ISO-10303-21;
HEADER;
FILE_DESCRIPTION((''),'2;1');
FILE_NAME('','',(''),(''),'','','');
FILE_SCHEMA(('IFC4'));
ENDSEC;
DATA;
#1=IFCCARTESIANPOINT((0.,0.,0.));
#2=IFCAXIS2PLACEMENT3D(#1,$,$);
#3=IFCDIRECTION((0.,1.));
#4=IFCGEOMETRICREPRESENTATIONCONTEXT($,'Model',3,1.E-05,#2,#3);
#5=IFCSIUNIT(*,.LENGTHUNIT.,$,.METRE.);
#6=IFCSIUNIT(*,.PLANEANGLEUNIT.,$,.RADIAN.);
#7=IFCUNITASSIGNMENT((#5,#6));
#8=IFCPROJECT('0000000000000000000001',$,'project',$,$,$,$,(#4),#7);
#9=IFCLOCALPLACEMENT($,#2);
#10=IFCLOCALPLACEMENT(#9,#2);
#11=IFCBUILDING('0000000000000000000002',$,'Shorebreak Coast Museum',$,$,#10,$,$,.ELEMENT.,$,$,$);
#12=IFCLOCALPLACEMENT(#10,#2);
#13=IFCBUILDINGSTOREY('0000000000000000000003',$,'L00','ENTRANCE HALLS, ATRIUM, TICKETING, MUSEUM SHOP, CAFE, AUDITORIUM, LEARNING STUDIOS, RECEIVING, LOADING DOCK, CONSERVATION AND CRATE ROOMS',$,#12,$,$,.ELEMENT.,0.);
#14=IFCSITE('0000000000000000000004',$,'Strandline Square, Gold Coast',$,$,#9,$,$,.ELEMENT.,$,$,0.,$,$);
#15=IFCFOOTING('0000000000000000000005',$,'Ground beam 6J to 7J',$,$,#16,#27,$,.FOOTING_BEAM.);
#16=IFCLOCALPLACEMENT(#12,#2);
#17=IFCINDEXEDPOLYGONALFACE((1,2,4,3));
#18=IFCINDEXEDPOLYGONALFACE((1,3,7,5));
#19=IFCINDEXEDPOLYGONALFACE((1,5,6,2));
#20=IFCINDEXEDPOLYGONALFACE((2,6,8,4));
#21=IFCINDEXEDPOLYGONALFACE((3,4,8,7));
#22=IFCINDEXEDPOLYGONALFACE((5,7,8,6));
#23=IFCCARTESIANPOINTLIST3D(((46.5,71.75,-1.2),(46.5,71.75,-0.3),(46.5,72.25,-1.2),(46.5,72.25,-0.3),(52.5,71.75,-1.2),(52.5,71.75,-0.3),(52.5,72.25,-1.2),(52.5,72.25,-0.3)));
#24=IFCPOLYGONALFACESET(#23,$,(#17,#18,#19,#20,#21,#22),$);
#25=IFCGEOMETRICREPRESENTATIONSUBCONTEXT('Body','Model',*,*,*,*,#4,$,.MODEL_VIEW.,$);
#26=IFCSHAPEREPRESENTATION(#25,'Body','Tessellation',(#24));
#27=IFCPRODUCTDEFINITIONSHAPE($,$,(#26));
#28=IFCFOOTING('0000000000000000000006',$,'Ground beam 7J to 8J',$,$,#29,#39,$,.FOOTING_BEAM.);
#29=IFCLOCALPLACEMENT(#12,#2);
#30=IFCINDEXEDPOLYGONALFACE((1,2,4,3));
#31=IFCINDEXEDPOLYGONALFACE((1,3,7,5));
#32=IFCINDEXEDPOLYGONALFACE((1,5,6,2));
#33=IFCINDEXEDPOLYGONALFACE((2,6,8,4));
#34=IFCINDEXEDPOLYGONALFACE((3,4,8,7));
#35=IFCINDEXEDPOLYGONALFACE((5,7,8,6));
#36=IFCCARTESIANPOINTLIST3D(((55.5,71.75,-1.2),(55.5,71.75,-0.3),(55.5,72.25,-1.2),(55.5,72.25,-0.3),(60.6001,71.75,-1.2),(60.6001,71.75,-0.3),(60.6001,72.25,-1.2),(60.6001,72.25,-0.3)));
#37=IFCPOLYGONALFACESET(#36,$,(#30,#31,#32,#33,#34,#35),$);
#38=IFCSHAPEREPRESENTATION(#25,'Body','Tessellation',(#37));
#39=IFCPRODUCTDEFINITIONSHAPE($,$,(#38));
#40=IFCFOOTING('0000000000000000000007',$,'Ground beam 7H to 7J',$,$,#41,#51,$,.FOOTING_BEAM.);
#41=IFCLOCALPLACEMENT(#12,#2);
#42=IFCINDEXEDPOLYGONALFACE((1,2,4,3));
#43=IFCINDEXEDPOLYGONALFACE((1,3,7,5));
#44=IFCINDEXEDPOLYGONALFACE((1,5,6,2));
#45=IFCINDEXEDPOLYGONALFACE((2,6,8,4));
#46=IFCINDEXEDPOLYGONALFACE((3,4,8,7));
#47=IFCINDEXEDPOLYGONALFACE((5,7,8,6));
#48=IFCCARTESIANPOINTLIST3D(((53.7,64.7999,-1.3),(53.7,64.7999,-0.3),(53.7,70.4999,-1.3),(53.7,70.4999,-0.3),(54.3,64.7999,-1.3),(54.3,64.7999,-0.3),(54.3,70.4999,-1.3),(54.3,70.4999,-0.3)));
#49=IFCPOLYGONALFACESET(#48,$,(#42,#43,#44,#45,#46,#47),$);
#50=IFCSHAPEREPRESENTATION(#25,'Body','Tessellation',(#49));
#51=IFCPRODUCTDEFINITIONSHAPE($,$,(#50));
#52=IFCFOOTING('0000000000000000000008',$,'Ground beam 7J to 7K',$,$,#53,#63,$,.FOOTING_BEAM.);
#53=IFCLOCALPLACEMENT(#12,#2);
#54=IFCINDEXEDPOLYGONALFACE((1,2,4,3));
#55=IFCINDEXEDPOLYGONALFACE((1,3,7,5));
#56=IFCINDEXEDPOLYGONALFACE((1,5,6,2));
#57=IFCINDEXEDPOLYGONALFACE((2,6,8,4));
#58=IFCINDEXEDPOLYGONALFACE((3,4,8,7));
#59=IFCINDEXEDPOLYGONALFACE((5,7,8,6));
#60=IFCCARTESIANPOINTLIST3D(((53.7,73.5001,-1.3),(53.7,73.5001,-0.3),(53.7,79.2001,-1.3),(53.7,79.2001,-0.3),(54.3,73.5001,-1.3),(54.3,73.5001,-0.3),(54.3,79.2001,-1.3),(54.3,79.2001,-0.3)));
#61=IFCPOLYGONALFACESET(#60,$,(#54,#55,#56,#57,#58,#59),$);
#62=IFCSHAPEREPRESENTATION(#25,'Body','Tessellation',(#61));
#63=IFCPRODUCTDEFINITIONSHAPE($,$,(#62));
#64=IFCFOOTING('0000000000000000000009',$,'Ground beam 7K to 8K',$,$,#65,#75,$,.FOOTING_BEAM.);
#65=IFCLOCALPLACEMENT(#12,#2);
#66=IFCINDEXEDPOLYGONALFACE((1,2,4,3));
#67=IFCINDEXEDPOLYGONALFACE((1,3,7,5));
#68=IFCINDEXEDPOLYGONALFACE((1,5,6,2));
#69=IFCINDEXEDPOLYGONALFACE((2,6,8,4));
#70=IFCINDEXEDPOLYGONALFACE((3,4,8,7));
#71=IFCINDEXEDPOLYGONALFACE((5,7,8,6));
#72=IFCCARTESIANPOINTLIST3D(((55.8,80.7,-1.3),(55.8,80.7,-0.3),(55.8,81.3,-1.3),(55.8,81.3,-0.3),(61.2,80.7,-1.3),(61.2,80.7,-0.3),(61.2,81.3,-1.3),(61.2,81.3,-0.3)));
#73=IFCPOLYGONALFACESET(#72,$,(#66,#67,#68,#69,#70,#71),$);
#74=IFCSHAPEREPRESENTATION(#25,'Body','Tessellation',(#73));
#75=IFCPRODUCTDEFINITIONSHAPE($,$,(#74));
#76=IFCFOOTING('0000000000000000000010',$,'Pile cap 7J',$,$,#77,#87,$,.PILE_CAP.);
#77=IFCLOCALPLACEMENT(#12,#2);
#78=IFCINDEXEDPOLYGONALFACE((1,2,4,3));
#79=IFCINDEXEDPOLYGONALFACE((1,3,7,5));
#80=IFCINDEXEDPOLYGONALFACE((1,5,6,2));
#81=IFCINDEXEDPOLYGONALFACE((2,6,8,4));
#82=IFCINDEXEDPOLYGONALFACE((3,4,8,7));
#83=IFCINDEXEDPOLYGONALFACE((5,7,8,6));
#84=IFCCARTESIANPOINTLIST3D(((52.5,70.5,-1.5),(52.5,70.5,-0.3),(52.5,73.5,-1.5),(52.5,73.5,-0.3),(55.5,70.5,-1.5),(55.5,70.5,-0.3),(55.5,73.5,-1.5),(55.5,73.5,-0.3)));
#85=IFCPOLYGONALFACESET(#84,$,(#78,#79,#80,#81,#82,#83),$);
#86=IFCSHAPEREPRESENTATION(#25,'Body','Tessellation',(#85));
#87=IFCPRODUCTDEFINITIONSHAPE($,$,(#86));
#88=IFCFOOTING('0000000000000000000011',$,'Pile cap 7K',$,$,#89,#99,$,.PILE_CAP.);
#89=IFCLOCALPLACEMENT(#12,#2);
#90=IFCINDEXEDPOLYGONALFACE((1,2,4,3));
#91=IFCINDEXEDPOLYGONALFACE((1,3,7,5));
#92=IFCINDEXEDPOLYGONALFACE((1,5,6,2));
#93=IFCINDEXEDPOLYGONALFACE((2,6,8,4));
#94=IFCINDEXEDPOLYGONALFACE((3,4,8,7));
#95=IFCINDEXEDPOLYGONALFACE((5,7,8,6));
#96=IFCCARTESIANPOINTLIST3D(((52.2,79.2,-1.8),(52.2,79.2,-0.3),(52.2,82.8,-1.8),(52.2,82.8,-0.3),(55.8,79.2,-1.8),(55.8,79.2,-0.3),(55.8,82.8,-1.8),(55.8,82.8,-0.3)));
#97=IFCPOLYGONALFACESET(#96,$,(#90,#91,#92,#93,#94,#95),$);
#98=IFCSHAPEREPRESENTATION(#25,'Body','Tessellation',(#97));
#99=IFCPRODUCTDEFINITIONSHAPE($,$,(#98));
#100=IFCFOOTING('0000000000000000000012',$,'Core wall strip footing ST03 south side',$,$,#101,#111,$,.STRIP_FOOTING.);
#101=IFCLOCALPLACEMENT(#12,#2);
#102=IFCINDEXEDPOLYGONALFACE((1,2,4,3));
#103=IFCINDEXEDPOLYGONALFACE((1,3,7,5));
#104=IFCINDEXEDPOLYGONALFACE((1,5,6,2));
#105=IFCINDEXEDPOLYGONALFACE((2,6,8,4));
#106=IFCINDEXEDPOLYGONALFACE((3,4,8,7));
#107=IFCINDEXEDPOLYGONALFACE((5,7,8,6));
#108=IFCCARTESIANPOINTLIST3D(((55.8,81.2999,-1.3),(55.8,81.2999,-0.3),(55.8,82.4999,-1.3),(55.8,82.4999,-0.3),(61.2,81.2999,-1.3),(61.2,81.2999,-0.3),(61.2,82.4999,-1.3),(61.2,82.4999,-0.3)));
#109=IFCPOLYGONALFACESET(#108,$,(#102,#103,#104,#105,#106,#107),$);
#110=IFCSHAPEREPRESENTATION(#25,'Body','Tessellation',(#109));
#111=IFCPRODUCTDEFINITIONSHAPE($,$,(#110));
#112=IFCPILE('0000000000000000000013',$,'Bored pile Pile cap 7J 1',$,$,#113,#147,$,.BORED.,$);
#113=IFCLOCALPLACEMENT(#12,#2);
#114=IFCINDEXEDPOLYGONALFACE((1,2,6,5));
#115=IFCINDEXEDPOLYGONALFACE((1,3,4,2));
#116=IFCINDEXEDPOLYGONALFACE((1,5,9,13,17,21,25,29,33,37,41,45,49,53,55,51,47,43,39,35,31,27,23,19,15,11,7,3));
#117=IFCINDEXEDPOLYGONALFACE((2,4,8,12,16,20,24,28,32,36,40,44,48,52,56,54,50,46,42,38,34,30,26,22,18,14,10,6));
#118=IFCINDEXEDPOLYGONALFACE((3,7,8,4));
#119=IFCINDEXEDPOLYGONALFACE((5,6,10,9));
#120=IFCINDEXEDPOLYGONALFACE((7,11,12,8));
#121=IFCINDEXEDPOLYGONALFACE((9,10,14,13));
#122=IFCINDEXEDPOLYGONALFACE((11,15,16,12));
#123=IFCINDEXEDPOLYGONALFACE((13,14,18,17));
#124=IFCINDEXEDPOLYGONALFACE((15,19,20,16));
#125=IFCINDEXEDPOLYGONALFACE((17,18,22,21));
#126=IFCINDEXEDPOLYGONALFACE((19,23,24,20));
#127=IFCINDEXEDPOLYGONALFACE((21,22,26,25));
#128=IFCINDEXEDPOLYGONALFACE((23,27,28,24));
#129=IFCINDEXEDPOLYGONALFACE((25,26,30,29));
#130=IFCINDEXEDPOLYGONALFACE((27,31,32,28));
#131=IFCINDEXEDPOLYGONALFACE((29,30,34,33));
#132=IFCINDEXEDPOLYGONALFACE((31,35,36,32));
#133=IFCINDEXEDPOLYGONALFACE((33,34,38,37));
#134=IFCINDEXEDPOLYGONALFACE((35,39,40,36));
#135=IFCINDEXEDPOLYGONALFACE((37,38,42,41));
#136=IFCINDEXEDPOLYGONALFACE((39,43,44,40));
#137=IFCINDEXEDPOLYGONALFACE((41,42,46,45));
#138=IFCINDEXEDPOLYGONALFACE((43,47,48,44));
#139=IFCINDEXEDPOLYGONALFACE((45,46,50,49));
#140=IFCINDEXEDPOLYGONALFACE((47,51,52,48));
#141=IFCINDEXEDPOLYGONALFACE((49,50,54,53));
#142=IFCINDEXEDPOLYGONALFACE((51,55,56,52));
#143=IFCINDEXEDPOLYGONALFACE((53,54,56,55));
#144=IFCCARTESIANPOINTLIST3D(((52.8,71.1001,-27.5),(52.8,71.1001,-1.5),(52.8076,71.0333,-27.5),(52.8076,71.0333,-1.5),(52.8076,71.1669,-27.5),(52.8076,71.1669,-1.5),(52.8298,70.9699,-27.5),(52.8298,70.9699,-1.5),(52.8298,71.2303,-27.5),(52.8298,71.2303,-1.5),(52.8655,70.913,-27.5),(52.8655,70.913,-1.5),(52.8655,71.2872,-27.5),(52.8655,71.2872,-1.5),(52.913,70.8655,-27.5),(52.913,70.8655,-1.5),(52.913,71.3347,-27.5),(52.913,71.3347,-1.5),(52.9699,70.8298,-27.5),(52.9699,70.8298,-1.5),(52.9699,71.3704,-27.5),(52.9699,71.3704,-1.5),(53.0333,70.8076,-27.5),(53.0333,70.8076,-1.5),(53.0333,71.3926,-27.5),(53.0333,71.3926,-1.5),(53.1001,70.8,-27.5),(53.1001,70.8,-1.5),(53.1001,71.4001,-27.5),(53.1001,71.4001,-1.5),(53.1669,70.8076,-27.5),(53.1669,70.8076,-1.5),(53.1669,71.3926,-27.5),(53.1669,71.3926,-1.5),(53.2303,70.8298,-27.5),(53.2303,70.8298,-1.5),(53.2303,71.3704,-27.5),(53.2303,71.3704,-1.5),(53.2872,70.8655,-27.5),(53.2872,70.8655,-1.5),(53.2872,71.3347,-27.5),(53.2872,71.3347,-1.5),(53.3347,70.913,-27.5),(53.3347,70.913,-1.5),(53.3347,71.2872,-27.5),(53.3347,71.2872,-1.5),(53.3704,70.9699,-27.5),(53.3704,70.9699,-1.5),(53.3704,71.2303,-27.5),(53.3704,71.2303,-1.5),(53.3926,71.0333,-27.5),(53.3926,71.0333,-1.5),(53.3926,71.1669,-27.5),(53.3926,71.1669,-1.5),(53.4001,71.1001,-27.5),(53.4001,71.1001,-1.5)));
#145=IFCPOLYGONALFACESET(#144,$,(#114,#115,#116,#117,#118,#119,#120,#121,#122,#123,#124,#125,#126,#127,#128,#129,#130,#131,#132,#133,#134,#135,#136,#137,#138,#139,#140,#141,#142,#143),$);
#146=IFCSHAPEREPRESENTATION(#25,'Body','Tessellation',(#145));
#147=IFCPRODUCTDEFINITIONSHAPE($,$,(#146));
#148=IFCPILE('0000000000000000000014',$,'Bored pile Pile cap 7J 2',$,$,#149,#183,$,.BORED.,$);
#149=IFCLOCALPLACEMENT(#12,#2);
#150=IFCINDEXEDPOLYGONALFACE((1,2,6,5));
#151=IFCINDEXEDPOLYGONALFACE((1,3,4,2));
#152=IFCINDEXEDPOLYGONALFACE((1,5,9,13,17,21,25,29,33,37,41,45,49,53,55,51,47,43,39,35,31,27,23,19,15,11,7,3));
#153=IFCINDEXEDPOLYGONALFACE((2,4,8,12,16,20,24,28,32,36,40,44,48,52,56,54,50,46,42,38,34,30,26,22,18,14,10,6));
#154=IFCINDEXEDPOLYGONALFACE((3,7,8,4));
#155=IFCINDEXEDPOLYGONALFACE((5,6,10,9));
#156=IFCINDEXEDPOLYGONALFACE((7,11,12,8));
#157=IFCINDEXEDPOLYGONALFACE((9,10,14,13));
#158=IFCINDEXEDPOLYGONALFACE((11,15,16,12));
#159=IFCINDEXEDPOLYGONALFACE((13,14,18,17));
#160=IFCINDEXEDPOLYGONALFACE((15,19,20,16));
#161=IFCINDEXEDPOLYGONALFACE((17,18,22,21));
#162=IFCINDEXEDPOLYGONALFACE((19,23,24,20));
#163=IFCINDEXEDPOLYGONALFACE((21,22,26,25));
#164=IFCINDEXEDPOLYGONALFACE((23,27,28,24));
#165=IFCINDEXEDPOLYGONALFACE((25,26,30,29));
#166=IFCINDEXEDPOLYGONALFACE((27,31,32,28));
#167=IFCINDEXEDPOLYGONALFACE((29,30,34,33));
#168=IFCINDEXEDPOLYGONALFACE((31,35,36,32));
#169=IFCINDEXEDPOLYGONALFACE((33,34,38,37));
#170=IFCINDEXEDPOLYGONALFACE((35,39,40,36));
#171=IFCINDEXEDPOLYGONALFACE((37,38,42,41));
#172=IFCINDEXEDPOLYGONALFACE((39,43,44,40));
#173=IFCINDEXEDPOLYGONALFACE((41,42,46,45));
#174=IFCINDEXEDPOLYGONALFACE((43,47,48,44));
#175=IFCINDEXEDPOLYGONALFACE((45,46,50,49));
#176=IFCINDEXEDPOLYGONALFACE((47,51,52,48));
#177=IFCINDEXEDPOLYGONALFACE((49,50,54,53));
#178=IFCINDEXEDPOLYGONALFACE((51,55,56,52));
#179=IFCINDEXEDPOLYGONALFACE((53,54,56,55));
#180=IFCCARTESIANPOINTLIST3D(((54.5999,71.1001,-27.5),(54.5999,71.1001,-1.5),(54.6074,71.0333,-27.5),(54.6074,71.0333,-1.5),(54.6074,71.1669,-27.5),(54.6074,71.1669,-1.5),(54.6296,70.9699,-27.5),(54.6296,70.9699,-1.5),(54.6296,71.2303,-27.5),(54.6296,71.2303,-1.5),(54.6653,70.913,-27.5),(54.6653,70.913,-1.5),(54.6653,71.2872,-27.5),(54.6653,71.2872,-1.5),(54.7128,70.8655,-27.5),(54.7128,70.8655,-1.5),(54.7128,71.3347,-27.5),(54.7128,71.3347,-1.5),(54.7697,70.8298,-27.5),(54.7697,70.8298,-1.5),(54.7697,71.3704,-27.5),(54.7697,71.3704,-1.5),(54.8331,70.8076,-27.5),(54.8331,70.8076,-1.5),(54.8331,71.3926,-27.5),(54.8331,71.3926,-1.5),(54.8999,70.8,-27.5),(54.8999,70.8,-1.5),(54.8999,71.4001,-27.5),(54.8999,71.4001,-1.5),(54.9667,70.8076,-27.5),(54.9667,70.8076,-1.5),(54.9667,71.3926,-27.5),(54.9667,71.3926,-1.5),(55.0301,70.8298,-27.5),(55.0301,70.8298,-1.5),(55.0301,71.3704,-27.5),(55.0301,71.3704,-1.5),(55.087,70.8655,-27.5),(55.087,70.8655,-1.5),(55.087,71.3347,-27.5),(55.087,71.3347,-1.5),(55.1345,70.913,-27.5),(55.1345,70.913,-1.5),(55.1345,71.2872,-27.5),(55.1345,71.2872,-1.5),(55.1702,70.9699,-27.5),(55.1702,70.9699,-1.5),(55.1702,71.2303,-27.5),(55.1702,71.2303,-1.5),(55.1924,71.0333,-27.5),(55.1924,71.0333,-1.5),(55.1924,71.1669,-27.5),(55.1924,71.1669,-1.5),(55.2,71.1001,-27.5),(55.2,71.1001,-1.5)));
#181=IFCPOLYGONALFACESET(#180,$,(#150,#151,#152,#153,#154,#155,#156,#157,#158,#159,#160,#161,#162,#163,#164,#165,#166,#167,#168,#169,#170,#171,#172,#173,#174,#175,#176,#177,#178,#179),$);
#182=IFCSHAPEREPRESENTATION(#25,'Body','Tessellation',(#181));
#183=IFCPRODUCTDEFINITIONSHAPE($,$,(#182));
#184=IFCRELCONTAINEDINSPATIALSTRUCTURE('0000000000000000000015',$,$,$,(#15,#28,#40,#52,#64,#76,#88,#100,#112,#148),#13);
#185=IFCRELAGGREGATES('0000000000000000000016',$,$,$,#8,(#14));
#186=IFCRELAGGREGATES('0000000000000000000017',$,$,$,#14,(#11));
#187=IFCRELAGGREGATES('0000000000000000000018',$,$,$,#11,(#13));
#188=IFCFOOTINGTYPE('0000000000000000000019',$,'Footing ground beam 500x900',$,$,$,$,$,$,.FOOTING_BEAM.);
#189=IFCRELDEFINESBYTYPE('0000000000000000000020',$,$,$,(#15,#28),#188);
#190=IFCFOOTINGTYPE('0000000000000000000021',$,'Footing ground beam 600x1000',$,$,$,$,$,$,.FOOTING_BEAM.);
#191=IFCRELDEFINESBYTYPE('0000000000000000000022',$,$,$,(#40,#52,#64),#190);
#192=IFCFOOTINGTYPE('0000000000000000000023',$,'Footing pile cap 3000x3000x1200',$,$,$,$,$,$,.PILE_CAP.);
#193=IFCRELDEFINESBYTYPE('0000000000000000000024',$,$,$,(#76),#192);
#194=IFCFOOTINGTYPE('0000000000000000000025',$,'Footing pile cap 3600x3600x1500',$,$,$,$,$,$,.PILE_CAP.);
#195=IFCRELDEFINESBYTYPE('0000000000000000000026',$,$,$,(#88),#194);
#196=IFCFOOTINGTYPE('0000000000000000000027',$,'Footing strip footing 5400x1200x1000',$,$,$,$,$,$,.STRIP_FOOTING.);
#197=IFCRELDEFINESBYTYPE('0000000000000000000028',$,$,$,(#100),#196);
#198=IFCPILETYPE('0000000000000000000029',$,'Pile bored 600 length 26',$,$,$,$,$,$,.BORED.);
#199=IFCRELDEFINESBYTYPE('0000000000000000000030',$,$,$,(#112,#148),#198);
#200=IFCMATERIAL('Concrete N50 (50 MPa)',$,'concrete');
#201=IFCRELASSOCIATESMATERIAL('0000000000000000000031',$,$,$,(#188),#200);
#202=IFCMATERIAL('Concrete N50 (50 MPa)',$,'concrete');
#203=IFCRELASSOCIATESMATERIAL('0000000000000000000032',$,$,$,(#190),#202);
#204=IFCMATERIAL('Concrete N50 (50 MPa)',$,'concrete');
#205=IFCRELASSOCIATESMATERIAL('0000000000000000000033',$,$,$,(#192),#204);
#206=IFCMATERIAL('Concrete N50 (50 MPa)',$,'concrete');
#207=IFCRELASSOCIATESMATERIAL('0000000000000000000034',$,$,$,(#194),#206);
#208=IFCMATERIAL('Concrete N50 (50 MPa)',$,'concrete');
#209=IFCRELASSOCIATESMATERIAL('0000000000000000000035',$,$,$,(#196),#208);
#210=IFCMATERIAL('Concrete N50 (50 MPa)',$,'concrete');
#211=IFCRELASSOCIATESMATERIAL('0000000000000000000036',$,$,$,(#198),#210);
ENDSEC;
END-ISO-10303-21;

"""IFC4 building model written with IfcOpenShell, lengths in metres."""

from ifc_helpers import new_model, si_unit, direction, frame, origin, origin_2d, place, context, subcontext, project, spatial, rectangle, circle, extrude, material, material_profile, profile_set, type_object, element, save


model = new_model("IFC4")

# Units and contexts
model_context = context("Model", 3, precision=1e-05, world=origin(), true_north=direction((0.0, 1.0)))
body_context = subcontext(model_context, "Body", "Model", "MODEL_VIEW")
ifc_project = project(units=[si_unit("LENGTHUNIT", "METRE"), si_unit("PLANEANGLEUNIT", "RADIAN")], contexts=[model_context])

# Site, building, storey
site_placement = place(None, origin())
site = spatial("IfcSite", under=ifc_project, at=site_placement, Name="Strandline Square, Gold Coast", CompositionType="ELEMENT", RefElevation=0.0)
building_placement = place(site_placement, origin())
building = spatial("IfcBuilding", under=site, at=building_placement, Name="Shorebreak Coast Museum", CompositionType="ELEMENT")
storey_placement = place(building_placement, origin())
storey = spatial("IfcBuildingStorey", under=building, at=storey_placement, Name="L00", Description="ENTRANCE HALLS, ATRIUM, TICKETING, MUSEUM SHOP, CAFE, AUDITORIUM, LEARNING STUDIOS, RECEIVING, LOADING DOCK, CONSERVATION AND CRATE ROOMS", CompositionType="ELEMENT", Elevation=0.0)

# Footings
ifc_material_1 = material(Name="Concrete N50 (50 MPa)", Category="concrete")
footing_type_1 = type_object("IfcFootingType", Name="Footing ground beam 500x900", PredefinedType="FOOTING_BEAM", material=ifc_material_1)
footing_1_placement = place(storey_placement, frame((49.5, 72.0, -1.2), z_axis=(0.0, 0.0, 1.0), x_axis=(1.0, 0.0, 0.0)))
element("IfcFooting", 1, at=footing_1_placement, inside=storey, type_object=footing_type_1, Name="Ground beam 6J to 7J", PredefinedType="FOOTING_BEAM", context=body_context, shape_type="SweptSolid", body=[
    extrude(rectangle(XDim=6.0, YDim=0.5, at=origin_2d()), origin(), (0.0, 0.0, 1.0), 0.8999),
])
footing_2_placement = place(storey_placement, frame((58.05, 72.0, -1.2), z_axis=(0.0, 0.0, 1.0), x_axis=(1.0, 0.0, 0.0)))
element("IfcFooting", 2, at=footing_2_placement, inside=storey, type_object=footing_type_1, Name="Ground beam 7J to 8J", PredefinedType="FOOTING_BEAM", context=body_context, shape_type="SweptSolid", body=[
    extrude(rectangle(XDim=5.1001, YDim=0.5, at=origin_2d()), origin(), (0.0, 0.0, 1.0), 0.8999),
])
ifc_material_2 = material(Name="Concrete N50 (50 MPa)", Category="concrete")
footing_type_2 = type_object("IfcFootingType", Name="Footing ground beam 600x1000", PredefinedType="FOOTING_BEAM", material=ifc_material_2)
for number, where, z_axis, x_axis, name in (
    (3, (54.0, 67.6499, -1.3), (0.0, 0.0, 1.0), (1.0, 0.0, 0.0), "Ground beam 7H to 7J"),
    (4, (54.0, 76.3501, -1.3), (0.0, 0.0, 1.0), (1.0, 0.0, 0.0), "Ground beam 7J to 7K"),
):
    element("IfcFooting", number, at=place(storey_placement, frame(where, z_axis=z_axis, x_axis=x_axis)), inside=storey, type_object=footing_type_2, Name=name, PredefinedType="FOOTING_BEAM", context=body_context, shape_type="SweptSolid", body=[
        extrude(rectangle(XDim=0.6001, YDim=5.7, at=origin_2d()), origin(), (0.0, 0.0, 1.0), 1.0),
    ])
footing_3_placement = place(storey_placement, frame((58.5, 81.0, -1.3), z_axis=(0.0, 0.0, 1.0), x_axis=(1.0, 0.0, 0.0)))
element("IfcFooting", 5, at=footing_3_placement, inside=storey, type_object=footing_type_2, Name="Ground beam 7K to 8K", PredefinedType="FOOTING_BEAM", context=body_context, shape_type="SweptSolid", body=[
    extrude(rectangle(XDim=5.3999, YDim=0.6001, at=origin_2d()), origin(), (0.0, 0.0, 1.0), 1.0),
])
ifc_material_3 = material(Name="Concrete N50 (50 MPa)", Category="concrete")
footing_type_3 = type_object("IfcFootingType", Name="Footing pile cap 3000x3000x1200", PredefinedType="PILE_CAP", material=ifc_material_3)
footing_4_placement = place(storey_placement, frame((54.0, 72.0, -1.5), z_axis=(0.0, 0.0, 1.0), x_axis=(1.0, 0.0, 0.0)))
element("IfcFooting", 6, at=footing_4_placement, inside=storey, type_object=footing_type_3, Name="Pile cap 7J", PredefinedType="PILE_CAP", context=body_context, shape_type="SweptSolid", body=[
    extrude(rectangle(XDim=3.0, YDim=3.0, at=origin_2d()), origin(), (0.0, 0.0, 1.0), 1.2),
])
ifc_material_4 = material(Name="Concrete N50 (50 MPa)", Category="concrete")
footing_type_4 = type_object("IfcFootingType", Name="Footing pile cap 3600x3600x1500", PredefinedType="PILE_CAP", material=ifc_material_4)
footing_5_placement = place(storey_placement, frame((54.0, 81.0, -1.8), z_axis=(0.0, 0.0, 1.0), x_axis=(1.0, 0.0, 0.0)))
element("IfcFooting", 7, at=footing_5_placement, inside=storey, type_object=footing_type_4, Name="Pile cap 7K", PredefinedType="PILE_CAP", context=body_context, shape_type="SweptSolid", body=[
    extrude(rectangle(XDim=3.6001, YDim=3.6001, at=origin_2d()), origin(), (0.0, 0.0, 1.0), 1.5),
])
ifc_material_5 = material(Name="Concrete N50 (50 MPa)", Category="concrete")
footing_type_5 = type_object("IfcFootingType", Name="Footing strip footing 5400x1200x1000", PredefinedType="STRIP_FOOTING", material=ifc_material_5)
footing_6_placement = place(storey_placement, frame((58.5, 81.8999, -1.3), z_axis=(0.0, 0.0, 1.0), x_axis=(1.0, 0.0, 0.0)))
element("IfcFooting", 8, at=footing_6_placement, inside=storey, type_object=footing_type_5, Name="Core wall strip footing ST03 south side", PredefinedType="STRIP_FOOTING", context=body_context, shape_type="SweptSolid", body=[
    extrude(rectangle(XDim=5.3999, YDim=1.2, at=origin_2d()), origin(), (0.0, 0.0, 1.0), 1.0),
])

# Piles
ifc_material_6 = material(Name="Concrete N50 (50 MPa)", Category="concrete")
ifc_material_profile_1 = material_profile(ifc_material_6, circle(Radius=0.3, at=origin_2d()), Name="Pile bored 600 length 26")
ifc_profile_set_1 = profile_set([ifc_material_profile_1], Name="Concrete N50 (50 MPa)")
pile_type_1 = type_object("IfcPileType", Name="Pile bored 600 length 26", PredefinedType="BORED", material=ifc_profile_set_1)
for number, where, z_axis, x_axis, name in (
    (9, (53.1001, 71.1001, -1.5), (0.0, 0.0, -1.0), (1.0, 0.0, 0.0), "Bored pile Pile cap 7J 1"),
    (10, (54.8999, 71.1001, -1.5), (0.0, 0.0, -1.0), (1.0, 0.0, 0.0), "Bored pile Pile cap 7J 2"),
):
    element("IfcPile", number, at=place(storey_placement, frame(where, z_axis=z_axis, x_axis=x_axis)), inside=storey, type_object=pile_type_1, Name=name, PredefinedType="BORED", context=body_context, shape_type="SweptSolid", body=[
        extrude(circle(Radius=0.3, at=origin_2d()), origin(), (0.0, 0.0, 1.0), 26.0),
    ])

save(model, "model.ifc")
